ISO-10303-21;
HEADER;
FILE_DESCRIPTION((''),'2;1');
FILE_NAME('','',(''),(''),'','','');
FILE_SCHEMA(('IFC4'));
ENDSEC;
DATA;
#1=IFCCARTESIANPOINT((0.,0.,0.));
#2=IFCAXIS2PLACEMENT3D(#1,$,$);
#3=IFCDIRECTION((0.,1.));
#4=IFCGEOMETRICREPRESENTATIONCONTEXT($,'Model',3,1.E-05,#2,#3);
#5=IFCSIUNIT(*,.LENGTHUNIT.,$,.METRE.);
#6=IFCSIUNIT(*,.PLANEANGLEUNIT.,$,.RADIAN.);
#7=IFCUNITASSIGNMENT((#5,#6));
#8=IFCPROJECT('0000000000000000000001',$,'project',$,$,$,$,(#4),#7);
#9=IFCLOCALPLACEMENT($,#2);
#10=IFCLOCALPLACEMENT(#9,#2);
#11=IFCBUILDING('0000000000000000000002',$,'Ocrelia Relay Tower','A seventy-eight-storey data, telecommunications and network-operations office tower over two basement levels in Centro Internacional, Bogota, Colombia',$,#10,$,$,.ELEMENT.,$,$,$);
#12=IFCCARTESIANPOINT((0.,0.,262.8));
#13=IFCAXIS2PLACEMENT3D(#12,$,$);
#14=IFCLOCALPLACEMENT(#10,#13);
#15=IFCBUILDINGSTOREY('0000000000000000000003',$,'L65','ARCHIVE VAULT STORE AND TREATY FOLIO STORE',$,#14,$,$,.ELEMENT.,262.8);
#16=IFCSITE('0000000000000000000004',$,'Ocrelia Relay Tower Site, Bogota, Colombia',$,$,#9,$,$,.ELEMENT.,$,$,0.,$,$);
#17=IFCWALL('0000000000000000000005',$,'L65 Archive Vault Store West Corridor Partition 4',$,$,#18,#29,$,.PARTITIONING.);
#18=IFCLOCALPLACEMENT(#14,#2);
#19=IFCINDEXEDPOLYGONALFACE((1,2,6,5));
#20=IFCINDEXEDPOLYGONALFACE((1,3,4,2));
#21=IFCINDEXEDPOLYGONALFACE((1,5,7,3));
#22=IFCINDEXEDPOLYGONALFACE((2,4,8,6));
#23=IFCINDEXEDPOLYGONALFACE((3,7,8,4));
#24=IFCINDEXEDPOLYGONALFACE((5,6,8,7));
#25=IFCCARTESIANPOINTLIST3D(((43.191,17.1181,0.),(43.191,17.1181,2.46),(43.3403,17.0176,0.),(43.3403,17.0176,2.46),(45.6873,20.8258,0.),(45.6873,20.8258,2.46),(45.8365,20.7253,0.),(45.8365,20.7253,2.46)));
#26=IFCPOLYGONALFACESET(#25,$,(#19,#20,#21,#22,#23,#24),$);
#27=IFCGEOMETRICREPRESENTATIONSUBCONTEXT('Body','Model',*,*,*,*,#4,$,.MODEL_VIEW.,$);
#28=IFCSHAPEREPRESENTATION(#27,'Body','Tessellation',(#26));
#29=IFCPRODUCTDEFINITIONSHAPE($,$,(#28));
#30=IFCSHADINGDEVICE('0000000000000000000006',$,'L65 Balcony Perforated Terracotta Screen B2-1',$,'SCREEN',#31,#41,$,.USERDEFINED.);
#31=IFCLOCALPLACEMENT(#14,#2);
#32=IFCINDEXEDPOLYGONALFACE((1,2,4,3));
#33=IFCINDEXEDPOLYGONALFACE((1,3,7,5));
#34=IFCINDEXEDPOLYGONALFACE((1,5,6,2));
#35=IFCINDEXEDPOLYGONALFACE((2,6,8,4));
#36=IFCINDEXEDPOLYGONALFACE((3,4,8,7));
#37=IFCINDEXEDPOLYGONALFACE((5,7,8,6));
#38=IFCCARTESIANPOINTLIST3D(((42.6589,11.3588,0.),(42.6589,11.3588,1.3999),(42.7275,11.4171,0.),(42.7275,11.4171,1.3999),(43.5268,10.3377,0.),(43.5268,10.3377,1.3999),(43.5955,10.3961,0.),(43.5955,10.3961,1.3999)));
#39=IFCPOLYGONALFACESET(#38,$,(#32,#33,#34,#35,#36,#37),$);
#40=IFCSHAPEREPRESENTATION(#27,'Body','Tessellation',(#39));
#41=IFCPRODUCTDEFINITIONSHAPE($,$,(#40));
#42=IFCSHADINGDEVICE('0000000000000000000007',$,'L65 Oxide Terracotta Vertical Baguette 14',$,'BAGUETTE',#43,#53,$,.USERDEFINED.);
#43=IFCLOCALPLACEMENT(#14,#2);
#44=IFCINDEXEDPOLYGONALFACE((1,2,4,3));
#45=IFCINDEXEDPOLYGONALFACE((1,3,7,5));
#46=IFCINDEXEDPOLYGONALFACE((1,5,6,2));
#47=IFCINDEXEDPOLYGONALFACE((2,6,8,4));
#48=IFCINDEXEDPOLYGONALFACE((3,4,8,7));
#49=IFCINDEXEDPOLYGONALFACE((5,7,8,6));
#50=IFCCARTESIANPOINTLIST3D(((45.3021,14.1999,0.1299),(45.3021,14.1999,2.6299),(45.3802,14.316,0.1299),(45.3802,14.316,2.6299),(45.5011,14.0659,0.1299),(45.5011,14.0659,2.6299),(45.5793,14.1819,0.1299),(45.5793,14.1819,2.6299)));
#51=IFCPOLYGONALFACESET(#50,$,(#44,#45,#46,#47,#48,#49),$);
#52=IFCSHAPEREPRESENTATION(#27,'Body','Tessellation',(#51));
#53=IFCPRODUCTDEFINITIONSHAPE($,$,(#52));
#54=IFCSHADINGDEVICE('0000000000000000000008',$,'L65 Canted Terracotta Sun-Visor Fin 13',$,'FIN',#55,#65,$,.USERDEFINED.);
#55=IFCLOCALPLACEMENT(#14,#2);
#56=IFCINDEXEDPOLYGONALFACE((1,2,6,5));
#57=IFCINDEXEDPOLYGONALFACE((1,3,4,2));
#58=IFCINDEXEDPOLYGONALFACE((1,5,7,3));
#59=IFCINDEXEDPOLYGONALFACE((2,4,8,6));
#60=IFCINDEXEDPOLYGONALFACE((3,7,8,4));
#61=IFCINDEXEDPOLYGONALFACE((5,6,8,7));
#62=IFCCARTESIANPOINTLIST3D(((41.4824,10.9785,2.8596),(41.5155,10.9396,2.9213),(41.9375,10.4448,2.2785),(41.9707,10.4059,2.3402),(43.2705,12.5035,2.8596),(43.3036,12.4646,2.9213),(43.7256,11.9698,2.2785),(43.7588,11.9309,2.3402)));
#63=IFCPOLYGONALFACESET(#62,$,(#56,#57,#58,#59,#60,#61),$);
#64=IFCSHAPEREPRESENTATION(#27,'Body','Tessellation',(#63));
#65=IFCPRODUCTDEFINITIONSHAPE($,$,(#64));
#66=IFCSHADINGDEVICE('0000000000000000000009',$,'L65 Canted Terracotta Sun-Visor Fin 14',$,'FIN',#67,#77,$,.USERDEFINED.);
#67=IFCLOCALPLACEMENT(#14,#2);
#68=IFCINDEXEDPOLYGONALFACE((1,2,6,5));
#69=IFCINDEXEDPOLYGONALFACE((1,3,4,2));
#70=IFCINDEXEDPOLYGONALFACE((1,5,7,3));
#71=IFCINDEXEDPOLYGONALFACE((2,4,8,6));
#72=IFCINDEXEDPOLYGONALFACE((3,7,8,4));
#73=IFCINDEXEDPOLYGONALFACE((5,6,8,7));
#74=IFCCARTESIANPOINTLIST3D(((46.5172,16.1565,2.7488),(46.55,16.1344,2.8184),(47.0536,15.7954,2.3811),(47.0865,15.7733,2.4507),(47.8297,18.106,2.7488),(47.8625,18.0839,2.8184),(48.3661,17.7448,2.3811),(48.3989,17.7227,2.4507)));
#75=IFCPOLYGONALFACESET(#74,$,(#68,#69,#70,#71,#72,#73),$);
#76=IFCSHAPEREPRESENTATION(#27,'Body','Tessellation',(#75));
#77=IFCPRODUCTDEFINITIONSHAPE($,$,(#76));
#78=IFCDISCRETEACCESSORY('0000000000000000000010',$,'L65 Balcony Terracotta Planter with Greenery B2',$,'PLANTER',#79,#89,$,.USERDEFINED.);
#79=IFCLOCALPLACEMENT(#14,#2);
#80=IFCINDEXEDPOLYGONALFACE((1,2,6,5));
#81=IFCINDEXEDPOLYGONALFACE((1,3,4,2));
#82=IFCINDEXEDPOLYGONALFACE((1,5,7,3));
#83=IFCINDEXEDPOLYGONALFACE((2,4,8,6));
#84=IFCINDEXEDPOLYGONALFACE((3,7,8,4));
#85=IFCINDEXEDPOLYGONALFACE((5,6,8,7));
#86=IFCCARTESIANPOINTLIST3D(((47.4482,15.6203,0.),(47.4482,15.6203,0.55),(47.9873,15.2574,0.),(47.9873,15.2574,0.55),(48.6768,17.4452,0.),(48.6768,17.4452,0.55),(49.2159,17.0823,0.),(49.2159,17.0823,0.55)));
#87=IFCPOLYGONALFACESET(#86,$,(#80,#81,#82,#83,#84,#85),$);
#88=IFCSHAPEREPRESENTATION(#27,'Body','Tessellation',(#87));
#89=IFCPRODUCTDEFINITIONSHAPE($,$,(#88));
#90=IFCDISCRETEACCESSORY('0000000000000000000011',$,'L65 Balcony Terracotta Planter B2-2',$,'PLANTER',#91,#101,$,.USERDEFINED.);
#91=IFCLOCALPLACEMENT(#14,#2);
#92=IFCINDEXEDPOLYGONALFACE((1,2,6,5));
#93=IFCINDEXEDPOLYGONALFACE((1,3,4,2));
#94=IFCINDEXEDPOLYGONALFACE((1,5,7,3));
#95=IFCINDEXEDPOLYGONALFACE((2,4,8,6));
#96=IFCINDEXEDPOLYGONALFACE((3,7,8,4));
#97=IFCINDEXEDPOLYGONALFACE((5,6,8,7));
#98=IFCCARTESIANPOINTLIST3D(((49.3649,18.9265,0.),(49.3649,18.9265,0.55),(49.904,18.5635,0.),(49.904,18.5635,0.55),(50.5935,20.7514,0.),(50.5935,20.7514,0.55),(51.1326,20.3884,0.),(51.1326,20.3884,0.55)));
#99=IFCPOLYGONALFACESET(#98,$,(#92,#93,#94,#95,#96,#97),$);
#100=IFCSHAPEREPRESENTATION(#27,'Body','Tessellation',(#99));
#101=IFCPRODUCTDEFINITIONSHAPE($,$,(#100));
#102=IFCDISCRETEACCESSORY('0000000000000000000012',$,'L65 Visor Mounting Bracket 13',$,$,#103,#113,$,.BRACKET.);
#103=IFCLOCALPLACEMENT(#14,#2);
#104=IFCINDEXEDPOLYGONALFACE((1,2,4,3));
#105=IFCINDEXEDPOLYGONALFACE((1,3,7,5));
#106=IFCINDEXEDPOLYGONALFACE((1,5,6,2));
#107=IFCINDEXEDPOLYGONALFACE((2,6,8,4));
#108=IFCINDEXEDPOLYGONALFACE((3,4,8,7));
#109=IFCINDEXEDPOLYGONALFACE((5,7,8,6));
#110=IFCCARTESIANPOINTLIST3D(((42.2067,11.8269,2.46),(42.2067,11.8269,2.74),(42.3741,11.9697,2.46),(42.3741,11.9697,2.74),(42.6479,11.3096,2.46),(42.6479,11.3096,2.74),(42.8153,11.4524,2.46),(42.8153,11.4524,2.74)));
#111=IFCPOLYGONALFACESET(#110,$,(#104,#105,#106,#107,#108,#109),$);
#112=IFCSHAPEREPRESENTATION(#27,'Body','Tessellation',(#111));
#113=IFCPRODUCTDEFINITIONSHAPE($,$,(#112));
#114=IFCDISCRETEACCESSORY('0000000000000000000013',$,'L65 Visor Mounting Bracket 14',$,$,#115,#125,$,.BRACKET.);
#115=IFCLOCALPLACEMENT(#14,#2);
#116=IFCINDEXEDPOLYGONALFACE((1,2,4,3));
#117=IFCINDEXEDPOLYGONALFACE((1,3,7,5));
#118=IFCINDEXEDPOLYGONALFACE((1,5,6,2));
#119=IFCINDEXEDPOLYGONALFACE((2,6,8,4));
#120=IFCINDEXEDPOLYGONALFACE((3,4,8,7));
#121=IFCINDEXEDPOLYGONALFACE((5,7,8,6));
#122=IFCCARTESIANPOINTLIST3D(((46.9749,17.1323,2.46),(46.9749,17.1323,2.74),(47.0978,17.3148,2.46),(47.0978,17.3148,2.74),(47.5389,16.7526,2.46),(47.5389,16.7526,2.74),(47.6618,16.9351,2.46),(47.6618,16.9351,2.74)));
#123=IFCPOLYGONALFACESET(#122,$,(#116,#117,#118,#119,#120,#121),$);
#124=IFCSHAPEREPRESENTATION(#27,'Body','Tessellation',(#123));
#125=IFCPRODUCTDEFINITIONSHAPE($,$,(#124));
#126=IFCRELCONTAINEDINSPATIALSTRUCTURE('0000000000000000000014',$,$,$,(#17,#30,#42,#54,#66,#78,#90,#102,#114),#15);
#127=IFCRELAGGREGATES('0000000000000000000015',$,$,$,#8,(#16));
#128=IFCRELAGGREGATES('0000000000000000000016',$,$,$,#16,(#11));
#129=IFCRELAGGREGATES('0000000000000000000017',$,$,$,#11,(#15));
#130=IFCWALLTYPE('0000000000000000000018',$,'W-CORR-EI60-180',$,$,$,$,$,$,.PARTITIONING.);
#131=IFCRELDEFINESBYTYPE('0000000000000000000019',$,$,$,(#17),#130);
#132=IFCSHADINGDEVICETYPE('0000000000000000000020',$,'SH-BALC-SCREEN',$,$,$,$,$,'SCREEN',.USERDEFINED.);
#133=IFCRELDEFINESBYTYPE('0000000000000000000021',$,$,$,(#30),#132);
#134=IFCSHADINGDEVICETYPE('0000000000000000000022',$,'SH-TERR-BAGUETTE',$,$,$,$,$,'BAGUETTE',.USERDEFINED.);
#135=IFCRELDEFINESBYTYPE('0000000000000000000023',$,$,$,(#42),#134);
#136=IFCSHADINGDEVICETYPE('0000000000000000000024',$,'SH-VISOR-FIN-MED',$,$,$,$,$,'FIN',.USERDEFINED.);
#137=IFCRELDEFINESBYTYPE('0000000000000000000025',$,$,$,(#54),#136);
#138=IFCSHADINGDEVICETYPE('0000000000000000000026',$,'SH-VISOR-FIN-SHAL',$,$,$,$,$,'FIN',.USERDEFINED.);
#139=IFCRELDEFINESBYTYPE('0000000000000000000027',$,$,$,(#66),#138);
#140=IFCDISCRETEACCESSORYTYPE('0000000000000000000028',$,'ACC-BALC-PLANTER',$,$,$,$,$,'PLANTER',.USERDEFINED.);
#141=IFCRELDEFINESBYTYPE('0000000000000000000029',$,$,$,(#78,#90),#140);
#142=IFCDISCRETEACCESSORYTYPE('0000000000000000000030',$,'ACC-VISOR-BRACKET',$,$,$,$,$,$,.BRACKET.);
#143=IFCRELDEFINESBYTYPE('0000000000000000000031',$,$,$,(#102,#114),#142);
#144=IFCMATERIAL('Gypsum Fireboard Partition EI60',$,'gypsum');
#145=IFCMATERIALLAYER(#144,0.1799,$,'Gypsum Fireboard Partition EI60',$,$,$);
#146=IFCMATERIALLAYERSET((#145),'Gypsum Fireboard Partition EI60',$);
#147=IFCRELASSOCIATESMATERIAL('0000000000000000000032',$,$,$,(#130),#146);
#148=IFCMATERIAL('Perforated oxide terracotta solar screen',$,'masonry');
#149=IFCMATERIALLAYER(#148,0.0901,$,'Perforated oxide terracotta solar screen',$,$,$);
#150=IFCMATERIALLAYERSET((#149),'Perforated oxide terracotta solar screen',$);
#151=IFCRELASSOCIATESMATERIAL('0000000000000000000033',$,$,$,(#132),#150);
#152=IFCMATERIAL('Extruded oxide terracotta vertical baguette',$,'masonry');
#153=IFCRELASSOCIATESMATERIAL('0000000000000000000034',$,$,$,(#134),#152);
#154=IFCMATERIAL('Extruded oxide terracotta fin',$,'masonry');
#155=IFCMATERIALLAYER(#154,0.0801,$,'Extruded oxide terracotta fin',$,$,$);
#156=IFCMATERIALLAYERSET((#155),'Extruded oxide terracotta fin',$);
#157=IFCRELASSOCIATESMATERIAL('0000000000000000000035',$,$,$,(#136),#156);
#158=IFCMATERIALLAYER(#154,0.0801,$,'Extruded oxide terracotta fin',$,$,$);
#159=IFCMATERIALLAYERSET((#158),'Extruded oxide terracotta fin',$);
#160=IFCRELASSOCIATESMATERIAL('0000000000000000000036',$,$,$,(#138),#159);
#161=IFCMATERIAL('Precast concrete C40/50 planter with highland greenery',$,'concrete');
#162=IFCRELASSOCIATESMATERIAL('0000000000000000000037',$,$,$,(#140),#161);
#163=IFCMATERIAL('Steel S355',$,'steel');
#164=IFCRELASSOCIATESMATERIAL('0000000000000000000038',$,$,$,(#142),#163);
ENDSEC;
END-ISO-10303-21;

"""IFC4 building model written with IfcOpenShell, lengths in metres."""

from ifc_helpers import new_model, si_unit, direction, frame, frame_2d, origin, origin_2d, place, context, subcontext, project, spatial, rectangle, extrude, material, layer, layer_set, type_object, element, save


model = new_model("IFC4")

# Units and contexts
model_context = context("Model", 3, precision=1e-05, world=origin(), true_north=direction((0.0, 1.0)))
body_context = subcontext(model_context, "Body", "Model", "MODEL_VIEW")
ifc_project = project(units=[si_unit("LENGTHUNIT", "METRE"), si_unit("PLANEANGLEUNIT", "RADIAN")], contexts=[model_context])

# Site, building, storey
site_placement = place(None, origin())
site = spatial("IfcSite", under=ifc_project, at=site_placement, Name="Ocrelia Relay Tower Site, Bogota, Colombia", CompositionType="ELEMENT", RefElevation=0.0)
building_placement = place(site_placement, origin())
building = spatial("IfcBuilding", under=site, at=building_placement, Name="Ocrelia Relay Tower", Description="A seventy-eight-storey data, telecommunications and network-operations office tower over two basement levels in Centro Internacional, Bogota, Colombia", CompositionType="ELEMENT")
storey_placement = place(building_placement, frame((0.0, 0.0, 262.8)))
storey = spatial("IfcBuildingStorey", under=building, at=storey_placement, Name="L65", Description="ARCHIVE VAULT STORE AND TREATY FOLIO STORE", CompositionType="ELEMENT", Elevation=262.8)

# Shared definitions
ifc_material_1 = material(Name="Steel S355", Category="steel")

# Wall
ifc_material_2 = material(Name="Gypsum Fireboard Partition EI60", Category="gypsum")
ifc_layer_1 = layer(ifc_material_2, 0.1799, Name="Gypsum Fireboard Partition EI60")
ifc_layer_set_1 = layer_set([ifc_layer_1], Name="Gypsum Fireboard Partition EI60")
wall_type_1 = type_object("IfcWallType", Name="W-CORR-EI60-180", PredefinedType="PARTITIONING", material=ifc_layer_set_1)
wall_1_placement = place(storey_placement, frame((43.2656, 17.0679, 0.0), z_axis=(0.0, 0.0, 1.0), x_axis=(0.558488, 0.829512, 0.0)))
element("IfcWall", 1, at=wall_1_placement, inside=storey, type_object=wall_type_1, Name="L65 Archive Vault Store West Corridor Partition 4", PredefinedType="PARTITIONING", context=body_context, shape_type="SweptSolid", body=[
    extrude(rectangle(XDim=4.4697, YDim=0.1799, at=frame_2d((2.2349, 0.0))), origin(), (0.0, 0.0, 1.0), 2.46),
])

# Shading devices
ifc_material_3 = material(Name="Perforated oxide terracotta solar screen", Category="masonry")
ifc_layer_2 = layer(ifc_material_3, 0.0901, Name="Perforated oxide terracotta solar screen")
ifc_layer_set_2 = layer_set([ifc_layer_2], Name="Perforated oxide terracotta solar screen")
shading_device_type_1 = type_object("IfcShadingDeviceType", Name="SH-BALC-SCREEN", ElementType="SCREEN", PredefinedType="USERDEFINED", material=ifc_layer_set_2)
shading_device_1_placement = place(storey_placement, frame((43.1272, 10.8774, 0.0), z_axis=(0.0, 0.0, 1.0), x_axis=(0.647671, -0.76192, 0.0)))
element("IfcShadingDevice", 2, at=shading_device_1_placement, inside=storey, type_object=shading_device_type_1, Name="L65 Balcony Perforated Terracotta Screen B2-1", ObjectType="SCREEN", PredefinedType="USERDEFINED", context=body_context, shape_type="SweptSolid", body=[
    extrude(rectangle(XDim=1.3401, YDim=0.0901, at=origin_2d()), origin(), (0.0, 0.0, 1.0), 1.3999),
])
ifc_material_4 = material(Name="Extruded oxide terracotta vertical baguette", Category="masonry")
shading_device_type_2 = type_object("IfcShadingDeviceType", Name="SH-TERR-BAGUETTE", ElementType="BAGUETTE", PredefinedType="USERDEFINED", material=ifc_material_4)
shading_device_2_placement = place(storey_placement, frame((45.4407, 14.1909, 0.1299), z_axis=(0.0, 0.0, 1.0), x_axis=(0.558476, 0.829521, 0.0)))
element("IfcShadingDevice", 3, at=shading_device_2_placement, inside=storey, type_object=shading_device_type_2, Name="L65 Oxide Terracotta Vertical Baguette 14", ObjectType="BAGUETTE", PredefinedType="USERDEFINED", context=body_context, shape_type="SweptSolid", body=[
    extrude(rectangle(XDim=0.1399, YDim=0.24, at=origin_2d()), origin(), (0.0, 0.0, 1.0), 2.5),
])
ifc_material_5 = material(Name="Extruded oxide terracotta fin", Category="masonry")
ifc_layer_3 = layer(ifc_material_5, 0.0801, Name="Extruded oxide terracotta fin")
ifc_layer_set_3 = layer_set([ifc_layer_3], Name="Extruded oxide terracotta fin")
shading_device_type_3 = type_object("IfcShadingDeviceType", Name="SH-VISOR-FIN-MED", ElementType="FIN", PredefinedType="USERDEFINED", material=ifc_layer_set_3)
shading_device_3_placement = place(storey_placement, frame((42.604, 11.4741, 2.5691), z_axis=(0.413979, -0.485404, 0.770068), x_axis=(0.760866, 0.648909, 0.0)))
element("IfcShadingDevice", 4, at=shading_device_3_placement, inside=storey, type_object=shading_device_type_3, Name="L65 Canted Terracotta Sun-Visor Fin 13", ObjectType="FIN", PredefinedType="USERDEFINED", context=body_context, shape_type="SweptSolid", body=[
    extrude(rectangle(XDim=2.3501, YDim=0.9109, at=origin_2d()), origin(), (0.0, 0.0, 1.0), 0.0801),
])
ifc_layer_4 = layer(ifc_material_5, 0.0801, Name="Extruded oxide terracotta fin")
ifc_layer_set_4 = layer_set([ifc_layer_4], Name="Extruded oxide terracotta fin")
shading_device_type_4 = type_object("IfcShadingDeviceType", Name="SH-VISOR-FIN-SHAL", ElementType="FIN", PredefinedType="USERDEFINED", material=ifc_layer_set_4)
shading_device_4_placement = place(storey_placement, frame((47.4417, 16.9507, 2.5649), z_axis=(0.409987, -0.276024, 0.869322), x_axis=(0.558476, 0.829521, 0.0)))
element("IfcShadingDevice", 5, at=shading_device_4_placement, inside=storey, type_object=shading_device_type_4, Name="L65 Canted Terracotta Sun-Visor Fin 14", ObjectType="FIN", PredefinedType="USERDEFINED", context=body_context, shape_type="SweptSolid", body=[
    extrude(rectangle(XDim=2.3501, YDim=0.7439, at=origin_2d()), origin(), (0.0, 0.0, 1.0), 0.0801),
])

# Discrete accessories
ifc_material_6 = material(Name="Precast concrete C40/50 planter with highland greenery", Category="concrete")
discrete_accessory_type_1 = type_object("IfcDiscreteAccessoryType", Name="ACC-BALC-PLANTER", ElementType="PLANTER", PredefinedType="USERDEFINED", material=ifc_material_6)
for number, where, z_axis, x_axis, name in (
    (6, (48.332, 16.3513, 0.0), (0.0, 0.0, 1.0), (-0.558475, -0.829521, 0.0), "L65 Balcony Terracotta Planter with Greenery B2"),
    (7, (50.2488, 19.6575, 0.0), (0.0, 0.0, 1.0), (-0.558475, -0.829521, 0.0), "L65 Balcony Terracotta Planter B2-2"),
):
    element("IfcDiscreteAccessory", number, at=place(storey_placement, frame(where, z_axis=z_axis, x_axis=x_axis)), inside=storey, type_object=discrete_accessory_type_1, Name=name, ObjectType="PLANTER", PredefinedType="USERDEFINED", context=body_context, shape_type="SweptSolid", body=[
        extrude(rectangle(XDim=2.2, YDim=0.6499, at=origin_2d()), origin(), (0.0, 0.0, 1.0), 0.55),
    ])
discrete_accessory_type_2 = type_object("IfcDiscreteAccessoryType", Name="ACC-VISOR-BRACKET", PredefinedType="BRACKET", material=ifc_material_1)
for number, where, z_axis, x_axis, name in (
    (8, (42.511, 11.6396, 2.46), (0.0, 0.0, 1.0), (0.760866, 0.648909, 0.0), "L65 Visor Mounting Bracket 13"),
    (9, (47.3184, 17.0337, 2.46), (0.0, 0.0, 1.0), (0.558476, 0.829521, 0.0), "L65 Visor Mounting Bracket 14"),
):
    element("IfcDiscreteAccessory", number, at=place(storey_placement, frame(where, z_axis=z_axis, x_axis=x_axis)), inside=storey, type_object=discrete_accessory_type_2, Name=name, PredefinedType="BRACKET", context=body_context, shape_type="SweptSolid", body=[
        extrude(rectangle(XDim=0.22, YDim=0.6799, at=origin_2d()), origin(), (0.0, 0.0, 1.0), 0.28),
    ])

save(model, "model.ifc")
